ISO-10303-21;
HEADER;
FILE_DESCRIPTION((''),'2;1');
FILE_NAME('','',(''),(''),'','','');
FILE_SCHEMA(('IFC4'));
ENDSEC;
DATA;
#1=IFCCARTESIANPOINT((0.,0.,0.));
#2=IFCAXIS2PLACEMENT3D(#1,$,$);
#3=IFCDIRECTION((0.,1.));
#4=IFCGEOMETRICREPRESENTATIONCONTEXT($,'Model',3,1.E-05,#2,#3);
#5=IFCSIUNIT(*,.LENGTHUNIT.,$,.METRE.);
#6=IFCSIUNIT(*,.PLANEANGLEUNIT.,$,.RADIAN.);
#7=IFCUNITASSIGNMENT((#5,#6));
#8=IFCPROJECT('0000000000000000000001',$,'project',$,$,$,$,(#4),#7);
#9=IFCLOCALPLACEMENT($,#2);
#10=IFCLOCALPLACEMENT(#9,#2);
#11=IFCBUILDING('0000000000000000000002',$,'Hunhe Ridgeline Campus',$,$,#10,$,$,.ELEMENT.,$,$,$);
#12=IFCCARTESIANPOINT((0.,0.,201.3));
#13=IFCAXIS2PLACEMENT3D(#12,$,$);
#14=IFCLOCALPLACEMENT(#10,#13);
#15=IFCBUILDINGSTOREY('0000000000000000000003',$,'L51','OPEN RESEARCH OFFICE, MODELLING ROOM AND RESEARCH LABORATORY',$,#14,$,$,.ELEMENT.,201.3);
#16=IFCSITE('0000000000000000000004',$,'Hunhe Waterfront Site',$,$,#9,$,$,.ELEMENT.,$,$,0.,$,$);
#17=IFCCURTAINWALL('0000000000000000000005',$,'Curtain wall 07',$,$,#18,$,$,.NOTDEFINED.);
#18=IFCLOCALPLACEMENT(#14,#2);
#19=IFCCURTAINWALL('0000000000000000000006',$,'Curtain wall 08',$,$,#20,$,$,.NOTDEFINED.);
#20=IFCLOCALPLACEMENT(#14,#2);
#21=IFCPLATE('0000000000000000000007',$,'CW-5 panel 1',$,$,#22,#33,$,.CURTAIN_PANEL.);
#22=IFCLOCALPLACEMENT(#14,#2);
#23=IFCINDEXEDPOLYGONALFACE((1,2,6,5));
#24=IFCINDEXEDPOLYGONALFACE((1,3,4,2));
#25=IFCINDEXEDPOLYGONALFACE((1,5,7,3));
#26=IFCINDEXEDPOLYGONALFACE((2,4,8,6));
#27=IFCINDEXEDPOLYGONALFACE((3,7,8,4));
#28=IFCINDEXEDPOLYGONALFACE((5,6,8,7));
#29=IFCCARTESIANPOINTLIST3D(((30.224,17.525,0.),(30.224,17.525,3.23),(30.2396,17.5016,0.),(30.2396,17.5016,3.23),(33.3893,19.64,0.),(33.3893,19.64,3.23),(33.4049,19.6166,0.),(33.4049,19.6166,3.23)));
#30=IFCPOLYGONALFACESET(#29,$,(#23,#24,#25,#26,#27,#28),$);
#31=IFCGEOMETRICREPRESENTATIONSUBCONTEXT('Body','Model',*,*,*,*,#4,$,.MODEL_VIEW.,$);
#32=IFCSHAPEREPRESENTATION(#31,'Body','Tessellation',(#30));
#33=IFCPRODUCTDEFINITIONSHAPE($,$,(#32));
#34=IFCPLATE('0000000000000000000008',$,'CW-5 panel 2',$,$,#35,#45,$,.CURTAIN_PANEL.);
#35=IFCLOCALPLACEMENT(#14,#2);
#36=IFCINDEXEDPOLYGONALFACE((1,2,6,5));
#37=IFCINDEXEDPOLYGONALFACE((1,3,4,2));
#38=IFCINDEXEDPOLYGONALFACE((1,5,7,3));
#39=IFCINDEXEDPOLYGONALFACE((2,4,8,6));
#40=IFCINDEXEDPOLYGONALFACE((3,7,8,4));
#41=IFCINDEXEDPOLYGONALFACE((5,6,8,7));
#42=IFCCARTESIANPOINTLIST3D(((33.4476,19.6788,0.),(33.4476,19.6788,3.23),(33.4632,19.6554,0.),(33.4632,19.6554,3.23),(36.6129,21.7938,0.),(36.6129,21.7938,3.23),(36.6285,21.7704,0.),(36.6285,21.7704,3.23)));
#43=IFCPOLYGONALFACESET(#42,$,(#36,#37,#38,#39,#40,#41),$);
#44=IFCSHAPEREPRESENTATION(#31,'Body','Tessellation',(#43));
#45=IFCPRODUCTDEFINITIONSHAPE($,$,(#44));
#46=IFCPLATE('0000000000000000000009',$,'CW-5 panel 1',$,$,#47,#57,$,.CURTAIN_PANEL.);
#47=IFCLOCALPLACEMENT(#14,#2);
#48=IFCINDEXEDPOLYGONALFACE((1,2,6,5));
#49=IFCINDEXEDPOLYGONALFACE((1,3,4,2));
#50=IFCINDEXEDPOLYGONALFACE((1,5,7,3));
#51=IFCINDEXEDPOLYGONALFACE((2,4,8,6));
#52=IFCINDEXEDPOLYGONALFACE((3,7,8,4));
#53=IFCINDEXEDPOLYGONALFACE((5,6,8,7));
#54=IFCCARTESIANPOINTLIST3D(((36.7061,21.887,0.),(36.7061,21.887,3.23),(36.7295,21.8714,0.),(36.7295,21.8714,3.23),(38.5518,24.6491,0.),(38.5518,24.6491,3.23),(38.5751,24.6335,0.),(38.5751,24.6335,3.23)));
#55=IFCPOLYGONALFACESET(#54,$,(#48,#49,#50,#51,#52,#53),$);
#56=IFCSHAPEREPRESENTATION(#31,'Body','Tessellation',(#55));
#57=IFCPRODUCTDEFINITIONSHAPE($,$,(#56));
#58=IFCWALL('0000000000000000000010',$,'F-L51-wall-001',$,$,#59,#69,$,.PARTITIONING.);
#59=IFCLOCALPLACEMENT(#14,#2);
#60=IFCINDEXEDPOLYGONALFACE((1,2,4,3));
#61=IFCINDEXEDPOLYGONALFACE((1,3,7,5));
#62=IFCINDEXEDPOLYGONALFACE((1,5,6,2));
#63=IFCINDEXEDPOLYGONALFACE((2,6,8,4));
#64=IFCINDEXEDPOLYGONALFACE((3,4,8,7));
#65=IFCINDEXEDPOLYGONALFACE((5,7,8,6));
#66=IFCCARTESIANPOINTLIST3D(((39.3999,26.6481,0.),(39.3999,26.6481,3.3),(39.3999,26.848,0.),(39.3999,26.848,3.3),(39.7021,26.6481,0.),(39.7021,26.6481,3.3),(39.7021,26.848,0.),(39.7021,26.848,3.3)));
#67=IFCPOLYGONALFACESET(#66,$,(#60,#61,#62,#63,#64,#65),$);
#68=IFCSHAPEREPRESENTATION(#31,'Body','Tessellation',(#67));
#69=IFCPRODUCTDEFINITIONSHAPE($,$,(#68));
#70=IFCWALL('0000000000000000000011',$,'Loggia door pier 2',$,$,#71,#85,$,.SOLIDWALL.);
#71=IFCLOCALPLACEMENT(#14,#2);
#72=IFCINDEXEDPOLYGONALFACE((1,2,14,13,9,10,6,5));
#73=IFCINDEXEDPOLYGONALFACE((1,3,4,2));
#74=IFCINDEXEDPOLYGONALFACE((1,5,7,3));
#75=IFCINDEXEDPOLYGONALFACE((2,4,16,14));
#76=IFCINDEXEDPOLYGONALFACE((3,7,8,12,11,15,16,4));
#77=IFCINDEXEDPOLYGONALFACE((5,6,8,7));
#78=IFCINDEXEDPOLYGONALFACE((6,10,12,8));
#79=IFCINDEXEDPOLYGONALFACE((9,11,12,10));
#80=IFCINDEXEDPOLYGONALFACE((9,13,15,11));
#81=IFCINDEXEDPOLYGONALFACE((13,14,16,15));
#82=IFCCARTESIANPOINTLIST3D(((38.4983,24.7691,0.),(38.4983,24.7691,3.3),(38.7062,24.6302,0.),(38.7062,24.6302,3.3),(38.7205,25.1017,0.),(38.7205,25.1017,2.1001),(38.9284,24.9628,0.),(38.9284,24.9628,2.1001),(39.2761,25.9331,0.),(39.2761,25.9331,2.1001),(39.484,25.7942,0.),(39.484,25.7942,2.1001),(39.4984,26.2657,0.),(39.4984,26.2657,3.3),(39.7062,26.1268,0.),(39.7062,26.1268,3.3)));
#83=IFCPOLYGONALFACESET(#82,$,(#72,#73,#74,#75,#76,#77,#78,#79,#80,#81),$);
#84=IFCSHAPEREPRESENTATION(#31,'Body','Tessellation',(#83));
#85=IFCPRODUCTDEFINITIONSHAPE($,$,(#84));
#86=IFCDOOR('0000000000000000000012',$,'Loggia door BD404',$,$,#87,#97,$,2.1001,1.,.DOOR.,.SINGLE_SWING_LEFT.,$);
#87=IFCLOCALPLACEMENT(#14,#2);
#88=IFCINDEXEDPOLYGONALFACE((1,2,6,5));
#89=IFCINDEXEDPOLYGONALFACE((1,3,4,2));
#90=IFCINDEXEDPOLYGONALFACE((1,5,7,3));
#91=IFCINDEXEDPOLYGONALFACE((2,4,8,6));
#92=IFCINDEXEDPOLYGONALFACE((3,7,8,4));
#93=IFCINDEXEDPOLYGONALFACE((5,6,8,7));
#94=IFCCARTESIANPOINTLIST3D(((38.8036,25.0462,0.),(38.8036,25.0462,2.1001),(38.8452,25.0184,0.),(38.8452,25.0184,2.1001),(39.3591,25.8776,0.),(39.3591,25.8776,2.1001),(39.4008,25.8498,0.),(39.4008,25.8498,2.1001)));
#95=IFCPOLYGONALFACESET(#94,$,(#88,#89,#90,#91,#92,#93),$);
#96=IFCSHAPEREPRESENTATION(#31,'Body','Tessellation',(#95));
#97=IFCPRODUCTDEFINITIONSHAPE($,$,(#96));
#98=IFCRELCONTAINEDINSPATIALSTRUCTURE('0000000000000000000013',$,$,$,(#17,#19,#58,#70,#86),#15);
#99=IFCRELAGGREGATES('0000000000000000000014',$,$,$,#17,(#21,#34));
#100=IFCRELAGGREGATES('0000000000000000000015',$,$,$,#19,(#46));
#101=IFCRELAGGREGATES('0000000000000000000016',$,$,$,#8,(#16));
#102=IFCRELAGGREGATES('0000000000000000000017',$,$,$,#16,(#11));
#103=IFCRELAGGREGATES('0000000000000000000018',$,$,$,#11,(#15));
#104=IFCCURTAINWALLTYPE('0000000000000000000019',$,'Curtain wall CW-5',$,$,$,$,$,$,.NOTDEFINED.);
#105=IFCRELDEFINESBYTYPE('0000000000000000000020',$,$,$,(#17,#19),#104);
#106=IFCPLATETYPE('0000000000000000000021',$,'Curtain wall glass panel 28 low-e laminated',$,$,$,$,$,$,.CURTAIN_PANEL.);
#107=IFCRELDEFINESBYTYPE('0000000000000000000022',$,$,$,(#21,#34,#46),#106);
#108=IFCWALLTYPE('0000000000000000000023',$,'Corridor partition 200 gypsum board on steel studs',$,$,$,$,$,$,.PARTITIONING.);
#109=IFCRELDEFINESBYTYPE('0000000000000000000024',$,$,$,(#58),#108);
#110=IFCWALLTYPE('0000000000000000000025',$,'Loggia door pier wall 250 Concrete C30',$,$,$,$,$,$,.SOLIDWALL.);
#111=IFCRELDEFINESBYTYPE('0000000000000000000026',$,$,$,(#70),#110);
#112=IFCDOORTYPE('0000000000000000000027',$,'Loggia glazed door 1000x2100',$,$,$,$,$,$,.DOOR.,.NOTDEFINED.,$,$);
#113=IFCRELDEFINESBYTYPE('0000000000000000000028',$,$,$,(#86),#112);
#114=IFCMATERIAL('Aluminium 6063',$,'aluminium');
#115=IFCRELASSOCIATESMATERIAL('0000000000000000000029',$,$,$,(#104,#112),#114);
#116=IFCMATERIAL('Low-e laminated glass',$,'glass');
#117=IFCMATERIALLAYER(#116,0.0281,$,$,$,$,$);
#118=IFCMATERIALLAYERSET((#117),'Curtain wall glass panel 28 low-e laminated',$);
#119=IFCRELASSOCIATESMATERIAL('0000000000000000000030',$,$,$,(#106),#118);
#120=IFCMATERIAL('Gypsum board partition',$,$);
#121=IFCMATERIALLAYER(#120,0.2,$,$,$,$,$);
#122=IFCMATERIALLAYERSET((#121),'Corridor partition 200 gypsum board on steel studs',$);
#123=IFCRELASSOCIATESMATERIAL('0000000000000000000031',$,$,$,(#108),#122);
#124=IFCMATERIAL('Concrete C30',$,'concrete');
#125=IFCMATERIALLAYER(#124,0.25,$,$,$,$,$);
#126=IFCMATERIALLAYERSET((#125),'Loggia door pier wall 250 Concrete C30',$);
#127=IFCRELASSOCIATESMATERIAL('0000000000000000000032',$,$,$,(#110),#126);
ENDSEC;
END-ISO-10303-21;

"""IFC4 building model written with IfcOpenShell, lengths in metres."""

from ifc_helpers import new_model, si_unit, direction, frame, frame_2d, origin, origin_2d, place, context, subcontext, project, spatial, rectangle, extrude, material, layer, layer_set, type_object, element, fill, aggregate, save


model = new_model("IFC4")

# Units and contexts
model_context = context("Model", 3, precision=1e-05, world=origin(), true_north=direction((0.0, 1.0)))
body_context = subcontext(model_context, "Body", "Model", "MODEL_VIEW")
ifc_project = project(units=[si_unit("LENGTHUNIT", "METRE"), si_unit("PLANEANGLEUNIT", "RADIAN")], contexts=[model_context])

# Site, building, storey
site_placement = place(None, origin())
site = spatial("IfcSite", under=ifc_project, at=site_placement, Name="Hunhe Waterfront Site", CompositionType="ELEMENT", RefElevation=0.0)
building_placement = place(site_placement, origin())
building = spatial("IfcBuilding", under=site, at=building_placement, Name="Hunhe Ridgeline Campus", CompositionType="ELEMENT")
storey_placement = place(building_placement, frame((0.0, 0.0, 201.3)))
storey = spatial("IfcBuildingStorey", under=building, at=storey_placement, Name="L51", Description="OPEN RESEARCH OFFICE, MODELLING ROOM AND RESEARCH LABORATORY", CompositionType="ELEMENT", Elevation=201.3)

# Shared definitions
ifc_material_1 = material(Name="Aluminium 6063", Category="aluminium")
curtain_wall_type = type_object("IfcCurtainWallType", Name="Curtain wall CW-5", PredefinedType="NOTDEFINED", material=ifc_material_1)

# Curtain walls
curtain_wall_1_placement = place(storey_placement, origin())
curtain_wall_1 = element("IfcCurtainWall", 1, at=curtain_wall_1_placement, inside=storey, type_object=curtain_wall_type, Name="Curtain wall 07", PredefinedType="NOTDEFINED")
curtain_wall_2_placement = place(storey_placement, origin())
curtain_wall_2 = element("IfcCurtainWall", 2, at=curtain_wall_2_placement, inside=storey, type_object=curtain_wall_type, Name="Curtain wall 08", PredefinedType="NOTDEFINED")

# Plates
ifc_material_2 = material(Name="Low-e laminated glass", Category="glass")
ifc_layer_1 = layer(ifc_material_2, 0.0281)
ifc_layer_set_1 = layer_set([ifc_layer_1], Name="Curtain wall glass panel 28 low-e laminated")
plate_type = type_object("IfcPlateType", Name="Curtain wall glass panel 28 low-e laminated", PredefinedType="CURTAIN_PANEL", material=ifc_layer_set_1)
plate_1_placement = place(storey_placement, frame((31.8145, 18.5708, 0.0), z_axis=(0.0, 0.0, 1.0), x_axis=(0.83147, 0.55557, 0.0)))
plate_1 = element("IfcPlate", 3, at=plate_1_placement, type_object=plate_type, Name="CW-5 panel 1", PredefinedType="CURTAIN_PANEL", context=body_context, shape_type="SweptSolid", body=[
    extrude(rectangle(XDim=3.8069, YDim=0.0281, at=origin_2d()), origin(), (0.0, 0.0, 1.0), 3.23),
])
plate_2_placement = place(storey_placement, frame((35.0381, 20.7246, 0.0), z_axis=(0.0, 0.0, 1.0), x_axis=(0.83147, 0.55557, 0.0)))
plate_2 = element("IfcPlate", 4, at=plate_2_placement, type_object=plate_type, Name="CW-5 panel 2", PredefinedType="CURTAIN_PANEL", context=body_context, shape_type="SweptSolid", body=[
    extrude(rectangle(XDim=3.8069, YDim=0.0281, at=origin_2d()), origin(), (0.0, 0.0, 1.0), 3.23),
])
aggregate(curtain_wall_1, [plate_1, plate_2])
plate_3_placement = place(storey_placement, frame((37.6406, 23.2603, 0.0), z_axis=(0.0, 0.0, 1.0), x_axis=(0.55557, 0.83147, 0.0)))
plate_3 = element("IfcPlate", 5, at=plate_3_placement, type_object=plate_type, Name="CW-5 panel 1", PredefinedType="CURTAIN_PANEL", context=body_context, shape_type="SweptSolid", body=[
    extrude(rectangle(XDim=3.322, YDim=0.0281, at=origin_2d()), origin(), (0.0, 0.0, 1.0), 3.23),
])
aggregate(curtain_wall_2, [plate_3])

# Wall
ifc_material_3 = material(Name="Gypsum board partition")
ifc_layer_2 = layer(ifc_material_3, 0.2)
ifc_layer_set_2 = layer_set([ifc_layer_2], Name="Corridor partition 200 gypsum board on steel studs")
wall_type_1 = type_object("IfcWallType", Name="Corridor partition 200 gypsum board on steel studs", PredefinedType="PARTITIONING", material=ifc_layer_set_2)
wall_1_placement = place(storey_placement, frame((39.3999, 26.748, 0.0), z_axis=(0.0, 0.0, 1.0), x_axis=(1.0, 0.0, 0.0)))
element("IfcWall", 6, at=wall_1_placement, inside=storey, type_object=wall_type_1, Name="F-L51-wall-001", PredefinedType="PARTITIONING", context=body_context, shape_type="SweptSolid", body=[
    extrude(rectangle(XDim=0.3022, YDim=0.2, at=frame_2d((0.1511, 0.0))), origin(), (0.0, 0.0, 1.0), 3.3),
])

# Wall, opening, door
ifc_material_4 = material(Name="Concrete C30", Category="concrete")
ifc_layer_3 = layer(ifc_material_4, 0.25)
ifc_layer_set_3 = layer_set([ifc_layer_3], Name="Loggia door pier wall 250 Concrete C30")
wall_type_2 = type_object("IfcWallType", Name="Loggia door pier wall 250 Concrete C30", PredefinedType="SOLIDWALL", material=ifc_layer_set_3)
wall_2_placement = place(storey_placement, frame((38.6023, 24.6997, 0.0), z_axis=(0.0, 0.0, 1.0), x_axis=(0.555576, 0.831466, 0.0)))
wall_2 = element("IfcWall", 7, at=wall_2_placement, inside=storey, type_object=wall_type_2, Name="Loggia door pier 2", PredefinedType="SOLIDWALL", context=body_context, shape_type="SweptSolid", body=[
    extrude(rectangle(XDim=1.8, YDim=0.25, at=frame_2d((0.8999, 0.0))), origin(), (0.0, 0.0, 1.0), 3.3),
])
opening_1_placement = place(wall_2_placement, frame((0.3999, 0.0, 0.0)))
opening_1 = element("IfcOpeningElement", 8, at=opening_1_placement, cuts=wall_2, PredefinedType="OPENING", context=body_context, shape_type="SweptSolid", body=[
    extrude(rectangle(XDim=1.0, YDim=2.1001, at=frame_2d((0.5, 1.05))), frame((0.0, 0.125, 0.0), z_axis=(0.0, -1.0, 0.0), x_axis=(1.0, 0.0, 0.0)), (0.0, 0.0, 1.0), 0.25),
])
door_type_1 = type_object("IfcDoorType", Name="Loggia glazed door 1000x2100", OperationType="NOTDEFINED", PredefinedType="DOOR", material=ifc_material_1)
door_1_placement = place(opening_1_placement, frame((1.0, 0.0, 0.0), z_axis=(0.0, 0.0, 1.0), x_axis=(-1.0, 0.0, 0.0)))
door_1 = element("IfcDoor", 9, at=door_1_placement, inside=storey, type_object=door_type_1, Name="Loggia door BD404", OperationType="SINGLE_SWING_LEFT", OverallHeight=2.1001, OverallWidth=1.0, PredefinedType="DOOR", context=body_context, shape_type="SweptSolid", body=[
    extrude(rectangle(XDim=1.0, YDim=2.1001, at=frame_2d((0.5, 1.05))), frame((0.0, 0.0249, 0.0), z_axis=(0.0, -1.0, 0.0), x_axis=(1.0, 0.0, 0.0)), (0.0, 0.0, 1.0), 0.05),
])
fill(opening_1, door_1)

save(model, "model.ifc")
